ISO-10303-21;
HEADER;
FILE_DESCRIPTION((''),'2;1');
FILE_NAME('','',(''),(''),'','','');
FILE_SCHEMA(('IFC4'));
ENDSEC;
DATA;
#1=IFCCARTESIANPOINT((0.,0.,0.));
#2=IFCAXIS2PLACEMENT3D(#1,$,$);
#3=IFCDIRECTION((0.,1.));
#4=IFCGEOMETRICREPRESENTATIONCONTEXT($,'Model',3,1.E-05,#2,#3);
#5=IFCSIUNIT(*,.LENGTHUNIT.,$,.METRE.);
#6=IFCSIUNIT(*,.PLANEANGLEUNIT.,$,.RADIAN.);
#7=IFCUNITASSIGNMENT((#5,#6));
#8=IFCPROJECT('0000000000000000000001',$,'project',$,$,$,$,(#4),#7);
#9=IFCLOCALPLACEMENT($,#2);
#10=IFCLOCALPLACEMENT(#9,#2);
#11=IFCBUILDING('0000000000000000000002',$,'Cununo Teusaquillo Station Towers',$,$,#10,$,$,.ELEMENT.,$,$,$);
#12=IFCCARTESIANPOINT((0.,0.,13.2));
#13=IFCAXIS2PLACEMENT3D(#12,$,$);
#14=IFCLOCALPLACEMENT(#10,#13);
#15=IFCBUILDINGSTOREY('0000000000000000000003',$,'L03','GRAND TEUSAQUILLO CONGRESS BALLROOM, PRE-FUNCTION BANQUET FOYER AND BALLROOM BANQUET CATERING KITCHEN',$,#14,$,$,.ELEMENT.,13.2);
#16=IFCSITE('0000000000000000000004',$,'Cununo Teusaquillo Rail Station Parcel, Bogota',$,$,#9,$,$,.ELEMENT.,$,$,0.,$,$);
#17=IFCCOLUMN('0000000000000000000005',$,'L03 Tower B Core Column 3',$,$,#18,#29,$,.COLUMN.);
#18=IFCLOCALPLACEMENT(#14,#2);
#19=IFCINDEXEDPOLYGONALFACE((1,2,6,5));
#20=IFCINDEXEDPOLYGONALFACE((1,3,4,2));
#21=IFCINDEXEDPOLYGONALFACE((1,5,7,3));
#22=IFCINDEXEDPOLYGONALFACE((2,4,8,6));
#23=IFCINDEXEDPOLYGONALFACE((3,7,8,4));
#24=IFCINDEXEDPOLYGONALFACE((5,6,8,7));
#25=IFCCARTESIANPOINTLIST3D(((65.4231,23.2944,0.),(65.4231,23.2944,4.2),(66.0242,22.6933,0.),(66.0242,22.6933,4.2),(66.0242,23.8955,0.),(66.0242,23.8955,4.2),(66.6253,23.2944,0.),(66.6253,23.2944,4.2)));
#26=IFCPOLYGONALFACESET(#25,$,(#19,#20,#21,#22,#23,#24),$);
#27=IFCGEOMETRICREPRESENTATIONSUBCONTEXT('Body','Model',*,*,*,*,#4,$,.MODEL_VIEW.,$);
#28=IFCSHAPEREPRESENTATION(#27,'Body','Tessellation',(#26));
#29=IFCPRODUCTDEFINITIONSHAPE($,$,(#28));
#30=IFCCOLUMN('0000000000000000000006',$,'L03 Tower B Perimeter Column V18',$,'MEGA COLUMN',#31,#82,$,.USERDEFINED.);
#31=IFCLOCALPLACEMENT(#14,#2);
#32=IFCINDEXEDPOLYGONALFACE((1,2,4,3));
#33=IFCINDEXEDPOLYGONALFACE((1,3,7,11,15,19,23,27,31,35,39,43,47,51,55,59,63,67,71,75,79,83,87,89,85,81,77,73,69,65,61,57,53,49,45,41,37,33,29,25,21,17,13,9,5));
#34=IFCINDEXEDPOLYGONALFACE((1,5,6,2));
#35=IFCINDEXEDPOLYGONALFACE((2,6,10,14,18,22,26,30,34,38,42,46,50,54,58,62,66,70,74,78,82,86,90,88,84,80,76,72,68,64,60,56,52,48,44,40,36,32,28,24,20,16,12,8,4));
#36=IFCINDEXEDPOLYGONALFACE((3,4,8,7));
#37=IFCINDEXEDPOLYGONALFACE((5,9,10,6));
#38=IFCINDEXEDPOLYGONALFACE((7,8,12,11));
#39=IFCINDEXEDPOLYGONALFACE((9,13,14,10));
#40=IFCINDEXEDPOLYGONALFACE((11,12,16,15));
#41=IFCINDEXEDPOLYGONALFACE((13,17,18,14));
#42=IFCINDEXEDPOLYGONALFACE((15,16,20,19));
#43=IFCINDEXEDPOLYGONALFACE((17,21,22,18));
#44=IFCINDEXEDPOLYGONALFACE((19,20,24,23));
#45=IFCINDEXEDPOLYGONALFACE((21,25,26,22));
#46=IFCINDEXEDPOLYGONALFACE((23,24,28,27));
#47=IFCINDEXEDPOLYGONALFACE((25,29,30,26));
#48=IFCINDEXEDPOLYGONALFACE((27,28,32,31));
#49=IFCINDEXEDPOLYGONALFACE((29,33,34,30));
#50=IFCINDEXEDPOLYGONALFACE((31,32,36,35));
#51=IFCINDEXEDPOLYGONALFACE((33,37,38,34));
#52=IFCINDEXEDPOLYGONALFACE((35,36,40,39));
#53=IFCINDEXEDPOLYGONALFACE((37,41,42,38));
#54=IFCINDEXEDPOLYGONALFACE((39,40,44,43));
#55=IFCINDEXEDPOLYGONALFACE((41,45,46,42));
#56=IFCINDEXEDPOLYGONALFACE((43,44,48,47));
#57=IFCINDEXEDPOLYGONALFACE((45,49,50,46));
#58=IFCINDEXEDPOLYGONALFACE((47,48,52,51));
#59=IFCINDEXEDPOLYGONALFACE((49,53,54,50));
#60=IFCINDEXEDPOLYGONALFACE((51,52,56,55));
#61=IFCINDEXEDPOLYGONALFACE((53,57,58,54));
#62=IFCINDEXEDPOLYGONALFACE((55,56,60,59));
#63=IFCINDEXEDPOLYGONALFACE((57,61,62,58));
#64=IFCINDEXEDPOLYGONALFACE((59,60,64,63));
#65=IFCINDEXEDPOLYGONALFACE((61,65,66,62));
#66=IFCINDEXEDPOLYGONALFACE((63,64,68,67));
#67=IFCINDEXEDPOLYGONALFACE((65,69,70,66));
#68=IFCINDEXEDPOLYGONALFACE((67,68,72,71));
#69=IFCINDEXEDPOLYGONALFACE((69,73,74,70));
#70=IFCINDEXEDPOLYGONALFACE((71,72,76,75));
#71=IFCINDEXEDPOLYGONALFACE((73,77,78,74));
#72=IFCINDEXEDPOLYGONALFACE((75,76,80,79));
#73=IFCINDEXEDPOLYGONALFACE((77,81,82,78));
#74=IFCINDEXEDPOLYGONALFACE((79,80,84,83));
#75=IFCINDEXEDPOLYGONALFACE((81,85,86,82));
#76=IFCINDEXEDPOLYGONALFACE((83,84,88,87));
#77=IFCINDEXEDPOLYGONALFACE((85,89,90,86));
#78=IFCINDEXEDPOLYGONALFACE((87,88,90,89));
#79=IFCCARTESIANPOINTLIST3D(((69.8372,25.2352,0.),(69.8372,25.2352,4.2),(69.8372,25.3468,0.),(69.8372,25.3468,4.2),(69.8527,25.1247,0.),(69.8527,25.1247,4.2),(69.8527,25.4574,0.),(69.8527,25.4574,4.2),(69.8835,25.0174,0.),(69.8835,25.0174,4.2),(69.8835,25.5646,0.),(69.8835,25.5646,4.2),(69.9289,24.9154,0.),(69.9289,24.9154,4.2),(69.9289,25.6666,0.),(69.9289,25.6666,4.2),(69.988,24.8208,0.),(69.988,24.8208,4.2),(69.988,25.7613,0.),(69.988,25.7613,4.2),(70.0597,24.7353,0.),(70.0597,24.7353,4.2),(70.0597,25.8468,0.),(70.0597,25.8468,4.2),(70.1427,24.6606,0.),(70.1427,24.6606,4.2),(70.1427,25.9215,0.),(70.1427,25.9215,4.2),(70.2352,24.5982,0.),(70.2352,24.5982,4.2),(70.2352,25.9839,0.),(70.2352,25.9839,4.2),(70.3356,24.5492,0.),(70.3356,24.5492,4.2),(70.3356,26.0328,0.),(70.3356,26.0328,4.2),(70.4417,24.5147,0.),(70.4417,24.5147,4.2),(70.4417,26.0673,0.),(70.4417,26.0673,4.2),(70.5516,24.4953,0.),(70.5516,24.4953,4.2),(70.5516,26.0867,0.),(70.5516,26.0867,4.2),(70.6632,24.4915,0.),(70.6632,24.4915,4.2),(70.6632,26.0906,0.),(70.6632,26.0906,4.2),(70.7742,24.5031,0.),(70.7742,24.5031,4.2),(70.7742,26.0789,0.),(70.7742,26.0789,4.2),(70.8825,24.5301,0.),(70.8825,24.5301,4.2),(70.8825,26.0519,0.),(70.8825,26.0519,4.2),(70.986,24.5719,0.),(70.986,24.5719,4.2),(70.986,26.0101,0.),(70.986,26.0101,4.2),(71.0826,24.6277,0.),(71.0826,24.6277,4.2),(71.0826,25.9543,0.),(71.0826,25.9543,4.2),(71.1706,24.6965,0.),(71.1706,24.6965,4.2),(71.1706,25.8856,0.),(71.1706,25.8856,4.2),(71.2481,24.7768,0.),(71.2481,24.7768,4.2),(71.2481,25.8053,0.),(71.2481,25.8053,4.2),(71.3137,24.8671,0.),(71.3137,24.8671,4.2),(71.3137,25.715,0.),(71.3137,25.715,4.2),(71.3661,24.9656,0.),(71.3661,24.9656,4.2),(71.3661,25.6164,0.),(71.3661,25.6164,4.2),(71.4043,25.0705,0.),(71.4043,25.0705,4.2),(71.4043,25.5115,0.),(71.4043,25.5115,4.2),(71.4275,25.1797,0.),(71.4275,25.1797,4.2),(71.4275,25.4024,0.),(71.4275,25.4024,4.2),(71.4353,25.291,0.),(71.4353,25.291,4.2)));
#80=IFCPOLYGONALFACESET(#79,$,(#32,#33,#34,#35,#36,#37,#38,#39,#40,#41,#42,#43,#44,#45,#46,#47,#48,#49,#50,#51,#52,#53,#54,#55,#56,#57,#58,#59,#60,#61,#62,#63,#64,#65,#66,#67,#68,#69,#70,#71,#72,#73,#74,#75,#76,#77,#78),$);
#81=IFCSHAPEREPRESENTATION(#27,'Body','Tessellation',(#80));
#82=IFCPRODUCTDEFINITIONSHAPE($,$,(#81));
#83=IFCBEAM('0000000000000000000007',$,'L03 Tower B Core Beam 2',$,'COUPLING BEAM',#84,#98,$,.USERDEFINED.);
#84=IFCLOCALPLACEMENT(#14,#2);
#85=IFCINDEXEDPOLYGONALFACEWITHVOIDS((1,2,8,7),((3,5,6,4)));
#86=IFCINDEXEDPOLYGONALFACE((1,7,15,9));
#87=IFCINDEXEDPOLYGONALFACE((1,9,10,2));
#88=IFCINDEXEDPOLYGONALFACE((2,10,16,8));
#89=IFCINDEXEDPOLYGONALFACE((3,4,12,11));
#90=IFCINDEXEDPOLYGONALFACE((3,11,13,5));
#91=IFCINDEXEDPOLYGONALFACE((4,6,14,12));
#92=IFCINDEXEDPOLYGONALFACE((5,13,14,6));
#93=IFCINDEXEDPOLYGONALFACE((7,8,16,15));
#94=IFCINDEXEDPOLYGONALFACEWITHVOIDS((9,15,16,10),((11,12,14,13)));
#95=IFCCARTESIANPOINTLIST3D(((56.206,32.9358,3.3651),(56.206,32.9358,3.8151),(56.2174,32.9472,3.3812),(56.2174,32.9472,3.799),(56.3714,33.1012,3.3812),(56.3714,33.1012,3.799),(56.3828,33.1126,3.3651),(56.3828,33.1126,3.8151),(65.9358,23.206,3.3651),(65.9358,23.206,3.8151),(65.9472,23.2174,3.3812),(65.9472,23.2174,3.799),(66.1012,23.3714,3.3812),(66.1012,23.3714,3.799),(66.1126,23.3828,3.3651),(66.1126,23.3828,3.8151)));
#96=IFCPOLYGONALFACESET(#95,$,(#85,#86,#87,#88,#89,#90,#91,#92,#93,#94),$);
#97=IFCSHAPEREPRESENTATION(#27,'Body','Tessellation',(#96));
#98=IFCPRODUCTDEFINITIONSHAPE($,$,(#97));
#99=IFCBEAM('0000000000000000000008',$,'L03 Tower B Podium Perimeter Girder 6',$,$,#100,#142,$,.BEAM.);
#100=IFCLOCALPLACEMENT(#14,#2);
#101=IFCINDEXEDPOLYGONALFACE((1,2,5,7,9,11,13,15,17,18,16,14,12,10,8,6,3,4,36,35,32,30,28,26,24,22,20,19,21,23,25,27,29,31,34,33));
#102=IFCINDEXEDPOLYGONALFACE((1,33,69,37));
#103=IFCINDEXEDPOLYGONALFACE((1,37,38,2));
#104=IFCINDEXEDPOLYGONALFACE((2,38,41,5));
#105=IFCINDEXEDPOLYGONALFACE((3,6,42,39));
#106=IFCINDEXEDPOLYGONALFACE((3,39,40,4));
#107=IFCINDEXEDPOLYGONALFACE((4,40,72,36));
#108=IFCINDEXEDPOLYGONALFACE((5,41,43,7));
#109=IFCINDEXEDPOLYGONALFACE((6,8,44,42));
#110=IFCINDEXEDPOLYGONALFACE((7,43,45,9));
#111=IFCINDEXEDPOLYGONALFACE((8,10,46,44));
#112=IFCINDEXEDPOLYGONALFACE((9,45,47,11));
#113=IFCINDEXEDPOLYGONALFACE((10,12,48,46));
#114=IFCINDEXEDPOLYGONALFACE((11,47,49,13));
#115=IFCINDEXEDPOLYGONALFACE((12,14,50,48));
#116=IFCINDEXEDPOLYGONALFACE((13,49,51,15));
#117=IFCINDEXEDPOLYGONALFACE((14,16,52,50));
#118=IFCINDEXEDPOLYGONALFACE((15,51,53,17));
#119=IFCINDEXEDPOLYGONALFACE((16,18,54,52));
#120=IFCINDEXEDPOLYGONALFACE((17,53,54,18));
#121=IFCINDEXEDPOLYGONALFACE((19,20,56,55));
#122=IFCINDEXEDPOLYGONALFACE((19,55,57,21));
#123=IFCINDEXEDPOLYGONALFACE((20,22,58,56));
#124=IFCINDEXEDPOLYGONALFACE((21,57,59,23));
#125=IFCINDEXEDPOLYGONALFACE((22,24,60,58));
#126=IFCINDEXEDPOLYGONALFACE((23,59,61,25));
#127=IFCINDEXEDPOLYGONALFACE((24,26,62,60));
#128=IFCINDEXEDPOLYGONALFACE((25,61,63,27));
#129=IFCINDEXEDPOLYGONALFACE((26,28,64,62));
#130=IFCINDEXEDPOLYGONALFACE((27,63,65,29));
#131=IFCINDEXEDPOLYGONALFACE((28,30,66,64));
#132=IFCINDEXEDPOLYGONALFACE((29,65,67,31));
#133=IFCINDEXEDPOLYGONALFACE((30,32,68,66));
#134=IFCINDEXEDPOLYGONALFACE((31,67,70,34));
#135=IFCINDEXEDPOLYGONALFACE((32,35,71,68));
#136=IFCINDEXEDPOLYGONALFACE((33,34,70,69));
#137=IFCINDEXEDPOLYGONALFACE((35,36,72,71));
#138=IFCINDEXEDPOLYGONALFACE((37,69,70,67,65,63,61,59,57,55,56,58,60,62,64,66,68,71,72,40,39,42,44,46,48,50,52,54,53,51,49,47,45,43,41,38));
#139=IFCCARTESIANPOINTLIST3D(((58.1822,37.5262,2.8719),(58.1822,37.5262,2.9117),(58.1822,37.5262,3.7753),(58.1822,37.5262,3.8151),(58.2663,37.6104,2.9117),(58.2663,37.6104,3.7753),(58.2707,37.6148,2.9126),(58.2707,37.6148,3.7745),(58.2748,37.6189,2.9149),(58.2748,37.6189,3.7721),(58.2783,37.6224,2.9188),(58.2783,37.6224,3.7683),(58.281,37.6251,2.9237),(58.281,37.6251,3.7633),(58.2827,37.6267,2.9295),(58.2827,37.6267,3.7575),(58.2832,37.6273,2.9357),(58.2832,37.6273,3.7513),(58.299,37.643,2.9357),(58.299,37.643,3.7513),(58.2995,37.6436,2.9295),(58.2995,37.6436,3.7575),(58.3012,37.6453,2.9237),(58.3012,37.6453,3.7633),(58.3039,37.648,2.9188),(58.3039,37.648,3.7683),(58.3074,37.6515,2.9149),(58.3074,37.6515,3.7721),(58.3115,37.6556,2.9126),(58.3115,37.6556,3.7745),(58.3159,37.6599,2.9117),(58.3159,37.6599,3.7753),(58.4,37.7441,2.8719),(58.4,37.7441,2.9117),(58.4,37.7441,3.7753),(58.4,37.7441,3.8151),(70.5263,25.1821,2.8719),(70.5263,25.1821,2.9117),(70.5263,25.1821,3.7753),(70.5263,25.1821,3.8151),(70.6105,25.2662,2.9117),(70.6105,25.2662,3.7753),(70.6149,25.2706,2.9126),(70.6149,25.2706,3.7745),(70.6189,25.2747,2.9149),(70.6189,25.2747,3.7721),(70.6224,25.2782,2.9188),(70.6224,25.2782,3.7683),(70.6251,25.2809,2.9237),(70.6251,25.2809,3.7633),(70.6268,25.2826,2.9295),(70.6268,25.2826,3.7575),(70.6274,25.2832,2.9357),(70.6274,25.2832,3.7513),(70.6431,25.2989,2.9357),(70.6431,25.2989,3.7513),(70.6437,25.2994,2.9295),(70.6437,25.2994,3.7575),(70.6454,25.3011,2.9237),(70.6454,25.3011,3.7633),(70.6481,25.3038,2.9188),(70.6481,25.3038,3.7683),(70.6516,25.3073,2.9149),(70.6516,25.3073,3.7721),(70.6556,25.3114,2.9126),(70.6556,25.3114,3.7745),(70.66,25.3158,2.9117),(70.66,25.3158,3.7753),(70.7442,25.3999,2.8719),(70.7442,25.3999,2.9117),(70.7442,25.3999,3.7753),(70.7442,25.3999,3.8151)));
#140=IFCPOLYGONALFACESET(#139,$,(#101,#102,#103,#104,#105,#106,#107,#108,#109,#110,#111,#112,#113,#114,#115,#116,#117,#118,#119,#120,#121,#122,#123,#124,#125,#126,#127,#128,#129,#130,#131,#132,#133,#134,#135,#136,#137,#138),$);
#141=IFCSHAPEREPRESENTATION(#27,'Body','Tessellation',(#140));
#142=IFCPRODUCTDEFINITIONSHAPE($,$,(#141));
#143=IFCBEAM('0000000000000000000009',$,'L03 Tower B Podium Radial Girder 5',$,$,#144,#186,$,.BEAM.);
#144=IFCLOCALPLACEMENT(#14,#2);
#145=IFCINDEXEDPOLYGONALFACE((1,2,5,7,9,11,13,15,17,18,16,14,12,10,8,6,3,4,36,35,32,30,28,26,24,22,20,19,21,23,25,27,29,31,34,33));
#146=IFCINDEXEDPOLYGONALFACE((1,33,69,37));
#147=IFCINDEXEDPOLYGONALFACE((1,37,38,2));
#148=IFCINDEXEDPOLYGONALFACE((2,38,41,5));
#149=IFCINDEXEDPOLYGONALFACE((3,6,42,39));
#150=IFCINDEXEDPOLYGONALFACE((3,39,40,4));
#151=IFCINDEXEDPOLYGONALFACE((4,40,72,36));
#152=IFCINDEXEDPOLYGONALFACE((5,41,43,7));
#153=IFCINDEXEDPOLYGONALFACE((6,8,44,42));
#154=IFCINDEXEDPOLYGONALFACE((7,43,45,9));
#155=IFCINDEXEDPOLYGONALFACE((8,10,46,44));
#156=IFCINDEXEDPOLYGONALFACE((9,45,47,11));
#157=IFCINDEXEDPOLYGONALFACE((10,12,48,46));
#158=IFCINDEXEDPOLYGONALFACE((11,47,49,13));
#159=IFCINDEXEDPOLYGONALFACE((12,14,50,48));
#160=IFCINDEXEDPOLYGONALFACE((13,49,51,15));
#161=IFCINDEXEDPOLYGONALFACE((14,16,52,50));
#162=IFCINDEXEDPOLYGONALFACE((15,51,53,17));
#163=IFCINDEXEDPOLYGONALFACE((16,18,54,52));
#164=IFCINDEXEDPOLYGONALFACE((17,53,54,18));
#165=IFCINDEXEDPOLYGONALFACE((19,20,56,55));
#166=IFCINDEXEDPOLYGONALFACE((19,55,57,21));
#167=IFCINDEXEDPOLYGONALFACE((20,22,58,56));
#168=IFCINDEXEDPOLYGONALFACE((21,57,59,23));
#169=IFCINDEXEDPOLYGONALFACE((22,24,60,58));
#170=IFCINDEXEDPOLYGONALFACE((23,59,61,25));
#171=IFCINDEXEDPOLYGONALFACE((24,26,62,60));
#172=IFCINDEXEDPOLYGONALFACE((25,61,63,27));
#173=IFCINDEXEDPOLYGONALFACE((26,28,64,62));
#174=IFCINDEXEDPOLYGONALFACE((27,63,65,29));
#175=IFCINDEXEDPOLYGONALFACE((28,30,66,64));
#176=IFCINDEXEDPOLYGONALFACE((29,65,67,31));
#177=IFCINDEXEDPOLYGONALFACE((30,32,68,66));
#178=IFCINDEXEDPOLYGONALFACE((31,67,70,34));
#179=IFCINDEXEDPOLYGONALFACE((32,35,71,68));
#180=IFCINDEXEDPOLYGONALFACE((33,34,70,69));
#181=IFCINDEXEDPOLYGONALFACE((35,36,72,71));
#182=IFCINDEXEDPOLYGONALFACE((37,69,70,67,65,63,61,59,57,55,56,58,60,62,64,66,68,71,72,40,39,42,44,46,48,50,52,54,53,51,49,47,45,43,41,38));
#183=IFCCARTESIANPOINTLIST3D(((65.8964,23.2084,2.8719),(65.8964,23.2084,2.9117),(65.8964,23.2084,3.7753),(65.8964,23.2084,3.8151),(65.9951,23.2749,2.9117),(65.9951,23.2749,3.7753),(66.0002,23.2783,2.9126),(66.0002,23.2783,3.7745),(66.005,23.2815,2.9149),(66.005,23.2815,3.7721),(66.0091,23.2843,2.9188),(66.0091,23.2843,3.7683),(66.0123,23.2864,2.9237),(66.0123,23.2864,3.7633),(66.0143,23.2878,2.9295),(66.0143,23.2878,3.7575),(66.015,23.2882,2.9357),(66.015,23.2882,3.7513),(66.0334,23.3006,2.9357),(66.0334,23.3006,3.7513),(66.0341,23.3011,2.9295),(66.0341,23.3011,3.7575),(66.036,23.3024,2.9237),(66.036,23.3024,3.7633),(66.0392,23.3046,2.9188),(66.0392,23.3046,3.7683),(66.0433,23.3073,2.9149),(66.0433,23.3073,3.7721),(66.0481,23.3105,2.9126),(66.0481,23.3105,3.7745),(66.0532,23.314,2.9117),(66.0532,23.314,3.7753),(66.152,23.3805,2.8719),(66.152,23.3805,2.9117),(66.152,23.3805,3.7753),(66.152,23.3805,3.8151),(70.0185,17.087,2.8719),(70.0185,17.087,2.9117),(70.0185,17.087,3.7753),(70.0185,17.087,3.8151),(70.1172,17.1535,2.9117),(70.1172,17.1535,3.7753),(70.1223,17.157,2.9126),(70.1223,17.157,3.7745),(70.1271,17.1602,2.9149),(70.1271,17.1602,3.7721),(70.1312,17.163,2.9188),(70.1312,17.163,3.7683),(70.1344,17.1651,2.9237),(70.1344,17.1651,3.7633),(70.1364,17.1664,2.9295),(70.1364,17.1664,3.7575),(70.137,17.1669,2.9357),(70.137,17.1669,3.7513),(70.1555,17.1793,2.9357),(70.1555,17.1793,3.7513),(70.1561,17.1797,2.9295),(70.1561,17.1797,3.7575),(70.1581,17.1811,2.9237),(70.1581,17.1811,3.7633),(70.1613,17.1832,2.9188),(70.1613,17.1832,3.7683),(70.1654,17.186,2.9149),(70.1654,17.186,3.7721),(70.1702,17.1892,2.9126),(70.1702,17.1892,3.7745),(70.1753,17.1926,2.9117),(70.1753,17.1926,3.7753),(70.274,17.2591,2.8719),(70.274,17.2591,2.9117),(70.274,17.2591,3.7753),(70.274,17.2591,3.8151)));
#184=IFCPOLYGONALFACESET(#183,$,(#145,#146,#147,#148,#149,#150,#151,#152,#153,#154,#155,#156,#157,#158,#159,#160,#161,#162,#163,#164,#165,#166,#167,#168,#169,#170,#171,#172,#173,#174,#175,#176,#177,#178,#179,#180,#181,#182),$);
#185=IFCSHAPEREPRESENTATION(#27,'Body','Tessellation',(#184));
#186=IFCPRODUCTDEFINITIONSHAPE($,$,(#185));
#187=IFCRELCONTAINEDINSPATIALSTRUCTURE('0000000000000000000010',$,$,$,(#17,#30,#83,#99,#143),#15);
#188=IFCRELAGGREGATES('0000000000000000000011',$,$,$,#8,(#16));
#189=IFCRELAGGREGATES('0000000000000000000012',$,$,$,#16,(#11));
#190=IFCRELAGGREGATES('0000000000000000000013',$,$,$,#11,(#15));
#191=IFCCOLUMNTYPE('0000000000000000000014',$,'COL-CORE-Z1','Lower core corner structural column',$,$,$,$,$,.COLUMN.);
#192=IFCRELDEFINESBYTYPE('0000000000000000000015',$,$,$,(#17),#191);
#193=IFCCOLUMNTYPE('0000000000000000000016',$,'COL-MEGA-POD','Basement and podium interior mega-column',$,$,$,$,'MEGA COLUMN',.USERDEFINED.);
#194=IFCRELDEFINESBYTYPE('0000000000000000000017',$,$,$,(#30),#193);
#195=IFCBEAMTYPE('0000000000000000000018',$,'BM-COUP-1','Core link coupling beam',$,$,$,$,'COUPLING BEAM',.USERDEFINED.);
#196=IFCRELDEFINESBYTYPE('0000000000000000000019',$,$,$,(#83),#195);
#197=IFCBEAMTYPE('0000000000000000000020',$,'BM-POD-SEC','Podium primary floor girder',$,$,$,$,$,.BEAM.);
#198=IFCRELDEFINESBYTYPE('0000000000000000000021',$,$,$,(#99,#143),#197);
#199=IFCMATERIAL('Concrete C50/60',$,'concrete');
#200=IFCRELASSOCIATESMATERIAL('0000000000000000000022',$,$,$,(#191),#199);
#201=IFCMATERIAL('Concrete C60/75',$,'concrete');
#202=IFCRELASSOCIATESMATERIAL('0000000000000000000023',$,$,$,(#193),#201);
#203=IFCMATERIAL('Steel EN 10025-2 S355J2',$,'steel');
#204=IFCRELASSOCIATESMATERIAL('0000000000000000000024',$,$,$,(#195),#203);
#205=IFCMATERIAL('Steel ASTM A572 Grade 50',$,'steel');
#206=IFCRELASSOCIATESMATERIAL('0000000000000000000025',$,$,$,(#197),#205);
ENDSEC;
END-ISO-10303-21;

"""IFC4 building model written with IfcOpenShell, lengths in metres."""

from ifc_helpers import new_model, si_unit, direction, frame, origin, origin_2d, place, context, subcontext, project, spatial, rectangle, hollow_rectangle, circle, i_section, extrude, material, material_profile, profile_set, type_object, element, save


model = new_model("IFC4")

# Units and contexts
model_context = context("Model", 3, precision=1e-05, world=origin(), true_north=direction((0.0, 1.0)))
body_context = subcontext(model_context, "Body", "Model", "MODEL_VIEW")
ifc_project = project(units=[si_unit("LENGTHUNIT", "METRE"), si_unit("PLANEANGLEUNIT", "RADIAN")], contexts=[model_context])

# Site, building, storey
site_placement = place(None, origin())
site = spatial("IfcSite", under=ifc_project, at=site_placement, Name="Cununo Teusaquillo Rail Station Parcel, Bogota", CompositionType="ELEMENT", RefElevation=0.0)
building_placement = place(site_placement, origin())
building = spatial("IfcBuilding", under=site, at=building_placement, Name="Cununo Teusaquillo Station Towers", CompositionType="ELEMENT")
storey_placement = place(building_placement, frame((0.0, 0.0, 13.2)))
storey = spatial("IfcBuildingStorey", under=building, at=storey_placement, Name="L03", Description="GRAND TEUSAQUILLO CONGRESS BALLROOM, PRE-FUNCTION BANQUET FOYER AND BALLROOM BANQUET CATERING KITCHEN", CompositionType="ELEMENT", Elevation=13.2)

# Columns
ifc_material_1 = material(Name="Concrete C50/60", Category="concrete")
ifc_material_profile_1 = material_profile(ifc_material_1, rectangle(XDim=0.8501, YDim=0.8501, at=origin_2d()), Name="RC-RECT-850x850")
ifc_profile_set_1 = profile_set([ifc_material_profile_1], Name="Concrete C50/60")
column_type_1 = type_object("IfcColumnType", Name="COL-CORE-Z1", Description="Lower core corner structural column", PredefinedType="COLUMN", material=ifc_profile_set_1)
column_1_placement = place(storey_placement, frame((66.0242, 23.2944, 0.0), z_axis=(0.0, 0.0, 1.0), x_axis=(0.707107, 0.707107, 0.0)))
element("IfcColumn", 1, at=column_1_placement, inside=storey, type_object=column_type_1, Name="L03 Tower B Core Column 3", PredefinedType="COLUMN", context=body_context, shape_type="SweptSolid", body=[
    extrude(rectangle(XDim=0.8501, YDim=0.8501, at=origin_2d()), origin(), (0.0, 0.0, 1.0), 4.2),
])
ifc_material_2 = material(Name="Concrete C60/75", Category="concrete")
ifc_material_profile_2 = material_profile(ifc_material_2, circle(Radius=0.8, at=origin_2d()), Name="RC-CIRC-1600")
ifc_profile_set_2 = profile_set([ifc_material_profile_2], Name="Concrete C60/75")
column_type_2 = type_object("IfcColumnType", Name="COL-MEGA-POD", Description="Basement and podium interior mega-column", ElementType="MEGA COLUMN", PredefinedType="USERDEFINED", material=ifc_profile_set_2)
column_2_placement = place(storey_placement, frame((70.6353, 25.291, 0.0), z_axis=(0.0, 0.0, 1.0), x_axis=(1.0, 0.0, 0.0)))
element("IfcColumn", 2, at=column_2_placement, inside=storey, type_object=column_type_2, Name="L03 Tower B Perimeter Column V18", ObjectType="MEGA COLUMN", PredefinedType="USERDEFINED", context=body_context, shape_type="SweptSolid", body=[
    extrude(circle(Radius=0.8, at=origin_2d()), origin(), (0.0, 0.0, 1.0), 4.2),
])

# Beams
ifc_material_3 = material(Name="Steel EN 10025-2 S355J2", Category="steel")
ifc_material_profile_3 = material_profile(ifc_material_3, hollow_rectangle(XDim=0.25, YDim=0.45, WallThickness=0.0161, at=origin_2d()), Name="RHS 450x250x16")
ifc_profile_set_3 = profile_set([ifc_material_profile_3], Name="Steel EN 10025-2 S355J2")
beam_type_1 = type_object("IfcBeamType", Name="BM-COUP-1", Description="Core link coupling beam", ElementType="COUPLING BEAM", PredefinedType="USERDEFINED", material=ifc_profile_set_3)
beam_1_placement = place(storey_placement, frame((66.0242, 23.2944, 3.5901), z_axis=(-0.707107, 0.707107, 0.0), x_axis=(-0.707107, -0.707107, 0.0)))
element("IfcBeam", 3, at=beam_1_placement, inside=storey, type_object=beam_type_1, Name="L03 Tower B Core Beam 2", ObjectType="COUPLING BEAM", PredefinedType="USERDEFINED", context=body_context, shape_type="SweptSolid", body=[
    extrude(hollow_rectangle(XDim=0.25, YDim=0.45, WallThickness=0.0161, at=origin_2d()), origin(), (0.0, 0.0, 1.0), 13.76),
])
ifc_material_4 = material(Name="Steel ASTM A572 Grade 50", Category="steel")
ifc_material_profile_4 = material_profile(ifc_material_4, i_section(OverallWidth=0.3081, OverallDepth=0.9431, WebThickness=0.0222, FlangeThickness=0.0398, FilletRadius=0.0239, at=origin_2d()), Name="W36X232")
ifc_profile_set_4 = profile_set([ifc_material_profile_4], Name="Steel ASTM A572 Grade 50")
beam_type_2 = type_object("IfcBeamType", Name="BM-POD-SEC", Description="Podium primary floor girder", PredefinedType="BEAM", material=ifc_profile_set_4)
beam_2_placement = place(storey_placement, frame((70.6353, 25.291, 3.3435), z_axis=(-0.707107, 0.707107, 0.0), x_axis=(-0.707107, -0.707107, 0.0)))
element("IfcBeam", 4, at=beam_2_placement, inside=storey, type_object=beam_type_2, Name="L03 Tower B Podium Perimeter Girder 6", PredefinedType="BEAM", context=body_context, shape_type="SweptSolid", body=[
    extrude(i_section(OverallWidth=0.3081, OverallDepth=0.9431, WebThickness=0.0222, FlangeThickness=0.0398, FilletRadius=0.0239, at=origin_2d()), origin(), (0.0, 0.0, 1.0), 17.4573),
])
beam_3_placement = place(storey_placement, frame((66.0242, 23.2944, 3.3435), z_axis=(0.558557, -0.829466, 0.0), x_axis=(0.829466, 0.558557, 0.0)))
element("IfcBeam", 5, at=beam_3_placement, inside=storey, type_object=beam_type_2, Name="L03 Tower B Podium Radial Girder 5", PredefinedType="BEAM", context=body_context, shape_type="SweptSolid", body=[
    extrude(i_section(OverallWidth=0.3081, OverallDepth=0.9431, WebThickness=0.0222, FlangeThickness=0.0398, FilletRadius=0.0239, at=origin_2d()), origin(), (0.0, 0.0, 1.0), 7.3799),
])

save(model, "model.ifc")
